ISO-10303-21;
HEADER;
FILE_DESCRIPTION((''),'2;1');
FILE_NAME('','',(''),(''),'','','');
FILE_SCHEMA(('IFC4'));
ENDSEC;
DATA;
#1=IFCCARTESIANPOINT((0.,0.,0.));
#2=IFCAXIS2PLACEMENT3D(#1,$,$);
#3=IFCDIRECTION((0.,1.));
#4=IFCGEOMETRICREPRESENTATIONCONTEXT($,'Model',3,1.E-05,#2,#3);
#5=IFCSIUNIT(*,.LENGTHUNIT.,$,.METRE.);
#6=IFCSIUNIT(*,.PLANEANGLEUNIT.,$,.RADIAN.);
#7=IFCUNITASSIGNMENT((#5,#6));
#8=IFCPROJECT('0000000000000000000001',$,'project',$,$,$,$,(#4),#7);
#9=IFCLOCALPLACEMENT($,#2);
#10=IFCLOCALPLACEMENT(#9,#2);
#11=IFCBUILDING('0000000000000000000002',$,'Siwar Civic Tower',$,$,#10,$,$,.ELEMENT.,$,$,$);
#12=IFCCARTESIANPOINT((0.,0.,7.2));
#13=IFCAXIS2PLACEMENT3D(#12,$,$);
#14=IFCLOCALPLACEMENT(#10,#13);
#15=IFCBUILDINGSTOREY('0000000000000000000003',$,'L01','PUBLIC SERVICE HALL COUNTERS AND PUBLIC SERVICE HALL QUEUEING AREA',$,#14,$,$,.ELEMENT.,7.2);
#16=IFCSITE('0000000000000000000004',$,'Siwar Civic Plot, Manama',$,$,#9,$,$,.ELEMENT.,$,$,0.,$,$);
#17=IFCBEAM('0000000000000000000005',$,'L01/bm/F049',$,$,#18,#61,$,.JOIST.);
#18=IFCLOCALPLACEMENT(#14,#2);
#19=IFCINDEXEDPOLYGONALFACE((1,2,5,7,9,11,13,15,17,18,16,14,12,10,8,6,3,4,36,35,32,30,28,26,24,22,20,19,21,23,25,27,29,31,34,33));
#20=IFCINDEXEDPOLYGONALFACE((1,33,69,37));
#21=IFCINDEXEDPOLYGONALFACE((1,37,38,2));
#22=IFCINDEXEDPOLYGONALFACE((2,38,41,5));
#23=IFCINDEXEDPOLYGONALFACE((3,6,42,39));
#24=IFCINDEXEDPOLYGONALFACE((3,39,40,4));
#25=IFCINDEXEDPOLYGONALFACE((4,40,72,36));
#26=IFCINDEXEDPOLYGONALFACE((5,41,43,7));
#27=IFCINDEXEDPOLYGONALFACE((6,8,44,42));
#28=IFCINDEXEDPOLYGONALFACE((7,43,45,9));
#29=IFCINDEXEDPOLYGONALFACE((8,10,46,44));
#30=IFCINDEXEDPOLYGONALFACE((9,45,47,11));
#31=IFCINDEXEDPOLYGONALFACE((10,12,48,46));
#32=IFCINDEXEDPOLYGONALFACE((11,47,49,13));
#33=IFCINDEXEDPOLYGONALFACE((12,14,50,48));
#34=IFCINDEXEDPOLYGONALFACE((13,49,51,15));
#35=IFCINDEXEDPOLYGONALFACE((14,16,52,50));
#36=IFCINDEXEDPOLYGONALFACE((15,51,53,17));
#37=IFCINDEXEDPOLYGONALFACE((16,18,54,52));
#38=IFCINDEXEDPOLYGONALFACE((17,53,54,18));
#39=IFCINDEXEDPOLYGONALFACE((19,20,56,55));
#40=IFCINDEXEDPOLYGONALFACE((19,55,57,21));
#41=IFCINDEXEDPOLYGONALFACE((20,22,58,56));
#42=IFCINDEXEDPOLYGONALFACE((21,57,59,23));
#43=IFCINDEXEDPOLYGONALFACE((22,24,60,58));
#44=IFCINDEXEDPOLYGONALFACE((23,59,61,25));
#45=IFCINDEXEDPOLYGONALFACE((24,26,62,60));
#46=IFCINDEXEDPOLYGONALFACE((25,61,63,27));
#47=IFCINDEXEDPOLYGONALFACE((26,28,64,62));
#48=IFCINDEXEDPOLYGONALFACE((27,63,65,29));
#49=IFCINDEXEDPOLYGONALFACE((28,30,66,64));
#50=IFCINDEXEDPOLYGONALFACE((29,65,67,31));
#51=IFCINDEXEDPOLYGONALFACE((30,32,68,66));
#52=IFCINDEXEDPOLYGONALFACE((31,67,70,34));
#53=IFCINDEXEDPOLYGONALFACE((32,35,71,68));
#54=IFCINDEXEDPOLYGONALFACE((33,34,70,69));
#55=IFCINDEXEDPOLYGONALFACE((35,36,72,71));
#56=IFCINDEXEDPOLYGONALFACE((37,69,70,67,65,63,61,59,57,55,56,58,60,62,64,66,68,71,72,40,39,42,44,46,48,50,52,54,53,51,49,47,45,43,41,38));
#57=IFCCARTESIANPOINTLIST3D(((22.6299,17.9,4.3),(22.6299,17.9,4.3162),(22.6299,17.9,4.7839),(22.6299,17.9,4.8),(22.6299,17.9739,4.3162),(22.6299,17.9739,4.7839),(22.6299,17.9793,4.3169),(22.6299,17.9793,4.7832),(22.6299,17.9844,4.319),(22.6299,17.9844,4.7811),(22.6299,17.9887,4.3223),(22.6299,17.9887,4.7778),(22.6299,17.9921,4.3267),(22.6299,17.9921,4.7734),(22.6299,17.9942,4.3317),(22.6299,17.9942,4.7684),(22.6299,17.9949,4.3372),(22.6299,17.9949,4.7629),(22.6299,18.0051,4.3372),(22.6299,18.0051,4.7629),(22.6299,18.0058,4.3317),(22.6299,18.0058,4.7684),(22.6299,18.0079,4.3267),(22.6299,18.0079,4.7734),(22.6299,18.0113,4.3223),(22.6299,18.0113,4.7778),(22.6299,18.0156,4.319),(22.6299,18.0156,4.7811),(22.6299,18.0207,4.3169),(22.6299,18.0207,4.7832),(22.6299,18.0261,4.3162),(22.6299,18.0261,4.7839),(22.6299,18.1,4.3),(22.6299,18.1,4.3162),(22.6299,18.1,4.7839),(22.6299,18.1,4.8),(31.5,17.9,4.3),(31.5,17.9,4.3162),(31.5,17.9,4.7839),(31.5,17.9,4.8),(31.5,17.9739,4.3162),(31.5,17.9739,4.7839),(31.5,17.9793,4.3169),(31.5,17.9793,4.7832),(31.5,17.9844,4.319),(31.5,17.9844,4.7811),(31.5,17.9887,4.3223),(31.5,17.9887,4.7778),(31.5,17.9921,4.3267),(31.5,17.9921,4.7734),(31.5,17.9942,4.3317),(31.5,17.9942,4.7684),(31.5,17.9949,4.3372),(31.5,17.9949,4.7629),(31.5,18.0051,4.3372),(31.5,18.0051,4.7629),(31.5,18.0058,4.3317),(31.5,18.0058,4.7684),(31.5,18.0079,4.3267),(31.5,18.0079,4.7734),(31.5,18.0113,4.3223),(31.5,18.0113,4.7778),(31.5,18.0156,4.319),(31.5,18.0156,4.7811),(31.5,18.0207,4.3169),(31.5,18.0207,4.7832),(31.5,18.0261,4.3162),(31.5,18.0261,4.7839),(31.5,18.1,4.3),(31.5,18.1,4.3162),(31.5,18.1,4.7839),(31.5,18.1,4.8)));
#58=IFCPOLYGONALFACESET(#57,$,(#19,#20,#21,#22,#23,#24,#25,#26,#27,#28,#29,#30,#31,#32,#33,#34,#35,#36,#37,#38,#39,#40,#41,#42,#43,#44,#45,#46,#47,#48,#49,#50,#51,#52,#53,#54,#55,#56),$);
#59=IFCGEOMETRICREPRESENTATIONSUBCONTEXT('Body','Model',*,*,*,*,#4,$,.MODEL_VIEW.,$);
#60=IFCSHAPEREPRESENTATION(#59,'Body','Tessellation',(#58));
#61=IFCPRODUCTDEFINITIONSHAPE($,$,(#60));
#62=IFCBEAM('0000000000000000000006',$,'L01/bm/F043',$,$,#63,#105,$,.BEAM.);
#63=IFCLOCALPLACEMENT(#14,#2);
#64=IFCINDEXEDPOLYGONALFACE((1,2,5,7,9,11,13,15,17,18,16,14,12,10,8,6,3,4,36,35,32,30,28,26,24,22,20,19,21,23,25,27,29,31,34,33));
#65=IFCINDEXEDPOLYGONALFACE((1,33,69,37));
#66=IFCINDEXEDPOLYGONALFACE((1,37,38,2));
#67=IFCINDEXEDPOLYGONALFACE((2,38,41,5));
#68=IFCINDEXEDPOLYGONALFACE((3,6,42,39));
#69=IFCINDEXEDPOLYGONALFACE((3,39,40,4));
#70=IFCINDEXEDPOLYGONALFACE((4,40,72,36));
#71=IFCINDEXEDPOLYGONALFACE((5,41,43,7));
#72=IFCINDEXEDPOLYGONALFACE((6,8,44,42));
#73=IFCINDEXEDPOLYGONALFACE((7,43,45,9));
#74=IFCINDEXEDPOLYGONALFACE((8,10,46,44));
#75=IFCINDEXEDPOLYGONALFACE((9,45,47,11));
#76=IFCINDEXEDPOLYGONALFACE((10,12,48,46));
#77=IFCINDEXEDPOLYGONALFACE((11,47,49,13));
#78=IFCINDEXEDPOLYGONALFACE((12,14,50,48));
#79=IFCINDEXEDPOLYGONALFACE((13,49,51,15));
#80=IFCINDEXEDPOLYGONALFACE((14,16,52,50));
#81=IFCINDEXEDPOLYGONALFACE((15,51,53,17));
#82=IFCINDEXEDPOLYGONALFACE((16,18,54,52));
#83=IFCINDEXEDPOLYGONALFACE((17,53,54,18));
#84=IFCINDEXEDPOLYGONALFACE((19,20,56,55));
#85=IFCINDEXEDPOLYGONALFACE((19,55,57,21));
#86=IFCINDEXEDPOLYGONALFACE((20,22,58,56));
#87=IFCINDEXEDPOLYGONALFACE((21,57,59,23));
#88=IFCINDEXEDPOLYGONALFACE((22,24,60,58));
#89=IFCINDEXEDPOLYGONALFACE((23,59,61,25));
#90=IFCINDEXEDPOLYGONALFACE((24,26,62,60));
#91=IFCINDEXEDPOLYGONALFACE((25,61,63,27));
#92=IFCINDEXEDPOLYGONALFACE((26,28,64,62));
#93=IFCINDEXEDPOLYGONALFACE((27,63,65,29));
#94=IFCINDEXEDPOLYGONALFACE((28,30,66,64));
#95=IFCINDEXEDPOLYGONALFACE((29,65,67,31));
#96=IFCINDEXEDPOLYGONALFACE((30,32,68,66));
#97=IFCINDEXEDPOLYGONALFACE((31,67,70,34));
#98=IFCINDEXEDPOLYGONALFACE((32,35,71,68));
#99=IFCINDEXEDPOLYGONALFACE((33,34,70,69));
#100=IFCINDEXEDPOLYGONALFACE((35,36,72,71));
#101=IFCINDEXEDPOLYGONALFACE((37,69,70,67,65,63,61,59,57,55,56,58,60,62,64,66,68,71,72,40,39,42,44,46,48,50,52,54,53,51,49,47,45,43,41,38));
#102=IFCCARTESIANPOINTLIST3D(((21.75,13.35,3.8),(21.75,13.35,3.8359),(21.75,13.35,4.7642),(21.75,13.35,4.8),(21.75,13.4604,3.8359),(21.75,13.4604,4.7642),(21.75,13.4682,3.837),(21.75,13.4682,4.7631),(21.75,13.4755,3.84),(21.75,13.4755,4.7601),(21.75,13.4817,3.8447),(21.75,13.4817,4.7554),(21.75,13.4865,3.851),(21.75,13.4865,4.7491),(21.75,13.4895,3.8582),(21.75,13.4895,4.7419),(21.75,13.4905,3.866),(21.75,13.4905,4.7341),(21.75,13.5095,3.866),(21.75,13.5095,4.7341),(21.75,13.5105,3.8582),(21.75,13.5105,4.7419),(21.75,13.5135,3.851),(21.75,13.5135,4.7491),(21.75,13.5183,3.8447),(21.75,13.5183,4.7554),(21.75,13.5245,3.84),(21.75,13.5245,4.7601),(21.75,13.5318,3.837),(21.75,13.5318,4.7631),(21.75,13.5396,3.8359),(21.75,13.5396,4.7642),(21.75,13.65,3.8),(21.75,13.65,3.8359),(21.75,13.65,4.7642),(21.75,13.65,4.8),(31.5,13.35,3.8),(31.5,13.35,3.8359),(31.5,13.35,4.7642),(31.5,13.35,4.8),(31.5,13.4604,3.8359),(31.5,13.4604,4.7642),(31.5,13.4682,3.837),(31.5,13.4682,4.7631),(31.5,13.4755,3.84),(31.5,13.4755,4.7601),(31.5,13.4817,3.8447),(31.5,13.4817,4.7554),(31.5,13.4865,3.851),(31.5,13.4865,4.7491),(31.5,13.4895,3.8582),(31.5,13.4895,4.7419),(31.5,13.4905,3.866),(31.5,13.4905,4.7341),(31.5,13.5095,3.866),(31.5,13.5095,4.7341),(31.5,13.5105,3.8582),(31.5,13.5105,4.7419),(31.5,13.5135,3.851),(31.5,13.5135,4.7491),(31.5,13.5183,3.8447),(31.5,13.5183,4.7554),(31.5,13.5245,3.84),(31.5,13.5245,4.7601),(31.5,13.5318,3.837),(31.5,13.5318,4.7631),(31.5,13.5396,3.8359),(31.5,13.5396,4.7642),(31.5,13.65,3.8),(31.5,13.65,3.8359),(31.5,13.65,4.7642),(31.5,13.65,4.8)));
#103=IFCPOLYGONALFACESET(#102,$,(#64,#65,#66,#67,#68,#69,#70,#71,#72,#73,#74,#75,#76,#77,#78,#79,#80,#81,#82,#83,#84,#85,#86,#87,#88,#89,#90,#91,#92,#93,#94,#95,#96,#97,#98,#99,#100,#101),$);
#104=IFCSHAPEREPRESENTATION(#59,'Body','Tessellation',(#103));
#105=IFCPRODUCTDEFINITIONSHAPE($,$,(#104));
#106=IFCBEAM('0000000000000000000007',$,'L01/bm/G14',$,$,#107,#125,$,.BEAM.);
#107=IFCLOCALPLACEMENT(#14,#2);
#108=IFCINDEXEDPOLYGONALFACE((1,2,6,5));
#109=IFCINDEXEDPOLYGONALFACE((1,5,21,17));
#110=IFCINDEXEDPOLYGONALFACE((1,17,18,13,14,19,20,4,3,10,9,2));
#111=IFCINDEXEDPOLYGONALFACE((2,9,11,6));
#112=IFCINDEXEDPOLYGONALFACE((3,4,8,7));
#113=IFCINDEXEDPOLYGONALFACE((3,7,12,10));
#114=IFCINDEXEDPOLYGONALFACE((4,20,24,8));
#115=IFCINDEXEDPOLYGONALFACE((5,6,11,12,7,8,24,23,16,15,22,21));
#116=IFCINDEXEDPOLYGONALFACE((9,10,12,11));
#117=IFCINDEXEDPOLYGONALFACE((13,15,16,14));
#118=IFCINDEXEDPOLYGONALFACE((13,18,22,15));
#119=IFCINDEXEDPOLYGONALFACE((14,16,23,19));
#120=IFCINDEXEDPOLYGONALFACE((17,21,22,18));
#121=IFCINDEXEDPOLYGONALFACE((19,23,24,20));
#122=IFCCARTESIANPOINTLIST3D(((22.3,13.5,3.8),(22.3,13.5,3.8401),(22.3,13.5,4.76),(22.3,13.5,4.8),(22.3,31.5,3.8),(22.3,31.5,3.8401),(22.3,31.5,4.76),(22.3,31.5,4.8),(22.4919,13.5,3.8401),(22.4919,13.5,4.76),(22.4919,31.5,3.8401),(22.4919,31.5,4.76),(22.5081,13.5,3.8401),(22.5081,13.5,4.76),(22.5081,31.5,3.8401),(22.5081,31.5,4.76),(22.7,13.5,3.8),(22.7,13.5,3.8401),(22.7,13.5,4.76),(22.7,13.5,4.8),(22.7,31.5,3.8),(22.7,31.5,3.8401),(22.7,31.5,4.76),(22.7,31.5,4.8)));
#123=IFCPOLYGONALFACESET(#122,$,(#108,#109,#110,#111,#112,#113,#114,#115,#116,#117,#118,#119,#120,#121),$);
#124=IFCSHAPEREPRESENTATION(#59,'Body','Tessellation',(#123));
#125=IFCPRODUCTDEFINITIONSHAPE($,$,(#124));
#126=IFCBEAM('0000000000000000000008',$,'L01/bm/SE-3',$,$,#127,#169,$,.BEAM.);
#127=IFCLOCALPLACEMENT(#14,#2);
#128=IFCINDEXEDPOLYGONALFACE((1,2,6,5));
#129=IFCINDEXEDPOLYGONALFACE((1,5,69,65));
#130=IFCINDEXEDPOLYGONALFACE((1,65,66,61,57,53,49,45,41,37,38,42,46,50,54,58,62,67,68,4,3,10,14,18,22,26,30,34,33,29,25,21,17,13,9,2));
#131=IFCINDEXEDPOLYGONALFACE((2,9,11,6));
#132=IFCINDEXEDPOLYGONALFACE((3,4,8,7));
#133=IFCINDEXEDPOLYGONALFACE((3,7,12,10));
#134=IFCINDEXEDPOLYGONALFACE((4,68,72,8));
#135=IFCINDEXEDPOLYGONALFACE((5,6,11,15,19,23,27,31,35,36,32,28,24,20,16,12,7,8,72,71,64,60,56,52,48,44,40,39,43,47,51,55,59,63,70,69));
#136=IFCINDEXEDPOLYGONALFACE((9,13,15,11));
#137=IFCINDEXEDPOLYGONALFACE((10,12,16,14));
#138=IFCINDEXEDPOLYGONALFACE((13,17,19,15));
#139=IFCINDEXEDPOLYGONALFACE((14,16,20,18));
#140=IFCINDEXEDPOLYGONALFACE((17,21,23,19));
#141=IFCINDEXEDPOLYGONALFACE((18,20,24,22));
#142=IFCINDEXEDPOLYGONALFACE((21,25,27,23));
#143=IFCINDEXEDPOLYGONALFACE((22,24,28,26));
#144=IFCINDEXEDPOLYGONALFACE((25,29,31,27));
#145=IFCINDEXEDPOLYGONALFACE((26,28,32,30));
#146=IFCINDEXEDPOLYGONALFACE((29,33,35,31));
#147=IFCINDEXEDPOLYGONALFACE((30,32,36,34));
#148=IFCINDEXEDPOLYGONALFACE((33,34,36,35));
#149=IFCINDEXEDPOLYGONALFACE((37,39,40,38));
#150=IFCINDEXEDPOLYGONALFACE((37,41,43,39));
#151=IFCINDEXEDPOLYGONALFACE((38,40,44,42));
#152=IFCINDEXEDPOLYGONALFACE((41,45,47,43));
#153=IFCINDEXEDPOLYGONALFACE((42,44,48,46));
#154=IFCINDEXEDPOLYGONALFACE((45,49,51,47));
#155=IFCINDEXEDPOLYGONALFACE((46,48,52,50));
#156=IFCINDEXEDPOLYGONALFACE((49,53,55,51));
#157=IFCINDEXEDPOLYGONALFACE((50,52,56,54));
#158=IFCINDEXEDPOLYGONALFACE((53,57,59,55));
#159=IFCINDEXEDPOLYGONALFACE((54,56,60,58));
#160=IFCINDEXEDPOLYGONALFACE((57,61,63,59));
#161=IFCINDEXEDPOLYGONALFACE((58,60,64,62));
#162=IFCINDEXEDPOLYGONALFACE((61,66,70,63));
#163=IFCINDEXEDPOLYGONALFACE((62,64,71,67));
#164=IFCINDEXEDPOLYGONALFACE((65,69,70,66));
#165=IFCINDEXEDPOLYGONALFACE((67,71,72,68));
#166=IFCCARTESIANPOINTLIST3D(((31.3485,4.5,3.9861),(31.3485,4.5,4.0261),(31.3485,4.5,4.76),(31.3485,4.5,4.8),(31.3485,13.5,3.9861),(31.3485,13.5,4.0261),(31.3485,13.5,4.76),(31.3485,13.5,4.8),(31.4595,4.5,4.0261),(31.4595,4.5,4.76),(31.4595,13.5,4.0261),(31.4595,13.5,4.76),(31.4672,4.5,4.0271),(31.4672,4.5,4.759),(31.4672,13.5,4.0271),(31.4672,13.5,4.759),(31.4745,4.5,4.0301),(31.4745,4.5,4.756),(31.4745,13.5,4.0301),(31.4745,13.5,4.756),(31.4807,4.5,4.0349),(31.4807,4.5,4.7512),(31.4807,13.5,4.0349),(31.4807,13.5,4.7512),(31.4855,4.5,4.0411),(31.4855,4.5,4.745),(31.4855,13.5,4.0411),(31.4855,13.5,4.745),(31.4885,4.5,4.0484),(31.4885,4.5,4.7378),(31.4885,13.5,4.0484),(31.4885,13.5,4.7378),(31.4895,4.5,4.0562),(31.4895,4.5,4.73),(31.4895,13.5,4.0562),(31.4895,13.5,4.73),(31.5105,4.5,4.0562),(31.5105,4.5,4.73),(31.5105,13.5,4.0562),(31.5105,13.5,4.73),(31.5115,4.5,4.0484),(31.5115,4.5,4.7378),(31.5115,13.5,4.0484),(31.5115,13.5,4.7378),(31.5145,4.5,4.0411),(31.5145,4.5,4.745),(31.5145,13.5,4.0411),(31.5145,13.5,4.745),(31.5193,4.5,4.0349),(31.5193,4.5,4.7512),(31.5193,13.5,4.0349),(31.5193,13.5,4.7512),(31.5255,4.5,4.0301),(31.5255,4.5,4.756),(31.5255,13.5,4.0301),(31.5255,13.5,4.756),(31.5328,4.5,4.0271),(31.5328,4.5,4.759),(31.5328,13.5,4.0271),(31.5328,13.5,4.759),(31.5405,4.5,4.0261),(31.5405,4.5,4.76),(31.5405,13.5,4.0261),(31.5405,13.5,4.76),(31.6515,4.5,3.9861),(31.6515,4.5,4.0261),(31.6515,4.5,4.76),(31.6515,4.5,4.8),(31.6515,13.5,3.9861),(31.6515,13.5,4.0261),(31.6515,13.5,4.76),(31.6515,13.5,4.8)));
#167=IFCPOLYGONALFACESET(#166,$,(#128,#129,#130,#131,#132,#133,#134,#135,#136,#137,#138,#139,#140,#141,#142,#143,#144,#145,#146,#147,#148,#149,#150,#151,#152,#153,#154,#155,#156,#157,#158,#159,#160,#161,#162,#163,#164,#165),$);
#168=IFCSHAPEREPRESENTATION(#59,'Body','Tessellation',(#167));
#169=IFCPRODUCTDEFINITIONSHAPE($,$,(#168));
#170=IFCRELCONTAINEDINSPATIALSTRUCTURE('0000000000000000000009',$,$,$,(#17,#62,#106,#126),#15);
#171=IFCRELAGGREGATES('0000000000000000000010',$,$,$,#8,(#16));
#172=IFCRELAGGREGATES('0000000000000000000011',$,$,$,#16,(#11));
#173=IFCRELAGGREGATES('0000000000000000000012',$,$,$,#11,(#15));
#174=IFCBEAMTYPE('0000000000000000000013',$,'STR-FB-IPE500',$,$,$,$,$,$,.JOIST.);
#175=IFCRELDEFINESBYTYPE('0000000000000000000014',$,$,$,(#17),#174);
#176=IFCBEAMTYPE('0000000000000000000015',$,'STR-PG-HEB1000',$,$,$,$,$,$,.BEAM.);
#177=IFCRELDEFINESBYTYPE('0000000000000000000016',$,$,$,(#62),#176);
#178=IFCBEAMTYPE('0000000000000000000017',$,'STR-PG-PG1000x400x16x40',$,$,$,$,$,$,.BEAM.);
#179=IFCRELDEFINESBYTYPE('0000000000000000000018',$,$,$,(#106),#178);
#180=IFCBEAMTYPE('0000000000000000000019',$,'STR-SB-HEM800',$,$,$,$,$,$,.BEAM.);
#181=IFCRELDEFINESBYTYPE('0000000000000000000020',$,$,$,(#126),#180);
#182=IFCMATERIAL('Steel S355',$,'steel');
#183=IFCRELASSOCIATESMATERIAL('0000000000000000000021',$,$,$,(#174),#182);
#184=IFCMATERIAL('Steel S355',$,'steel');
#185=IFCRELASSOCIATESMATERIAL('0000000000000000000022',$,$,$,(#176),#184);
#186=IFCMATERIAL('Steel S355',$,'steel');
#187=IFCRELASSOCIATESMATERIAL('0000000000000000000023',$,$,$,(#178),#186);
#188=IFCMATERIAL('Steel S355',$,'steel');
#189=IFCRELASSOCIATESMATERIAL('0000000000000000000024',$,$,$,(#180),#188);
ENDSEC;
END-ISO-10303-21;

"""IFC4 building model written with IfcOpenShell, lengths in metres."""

from ifc_helpers import new_model, si_unit, direction, frame, origin, origin_2d, place, context, subcontext, project, spatial, i_section, extrude, material, material_profile, profile_set, type_object, element, save


model = new_model("IFC4")

# Units and contexts
model_context = context("Model", 3, precision=1e-05, world=origin(), true_north=direction((0.0, 1.0)))
body_context = subcontext(model_context, "Body", "Model", "MODEL_VIEW")
ifc_project = project(units=[si_unit("LENGTHUNIT", "METRE"), si_unit("PLANEANGLEUNIT", "RADIAN")], contexts=[model_context])

# Site, building, storey
site_placement = place(None, origin())
site = spatial("IfcSite", under=ifc_project, at=site_placement, Name="Siwar Civic Plot, Manama", CompositionType="ELEMENT", RefElevation=0.0)
building_placement = place(site_placement, origin())
building = spatial("IfcBuilding", under=site, at=building_placement, Name="Siwar Civic Tower", CompositionType="ELEMENT")
storey_placement = place(building_placement, frame((0.0, 0.0, 7.2)))
storey = spatial("IfcBuildingStorey", under=building, at=storey_placement, Name="L01", Description="PUBLIC SERVICE HALL COUNTERS AND PUBLIC SERVICE HALL QUEUEING AREA", CompositionType="ELEMENT", Elevation=7.2)

# Beams
ifc_material_1 = material(Name="Steel S355", Category="steel")
ifc_material_profile_1 = material_profile(ifc_material_1, i_section(OverallWidth=0.2, OverallDepth=0.5, WebThickness=0.0103, FlangeThickness=0.0161, FilletRadius=0.021, at=origin_2d()), Name="IPE500")
ifc_profile_set_1 = profile_set([ifc_material_profile_1], Name="Steel S355")
beam_type_1 = type_object("IfcBeamType", Name="STR-FB-IPE500", PredefinedType="JOIST", material=ifc_profile_set_1)
beam_1_placement = place(storey_placement, frame((22.6299, 18.0, 4.55), z_axis=(1.0, 0.0, 0.0), x_axis=(0.0, 1.0, 0.0)))
element("IfcBeam", 1, at=beam_1_placement, inside=storey, type_object=beam_type_1, Name="L01/bm/F049", PredefinedType="JOIST", context=body_context, shape_type="SweptSolid", body=[
    extrude(i_section(OverallWidth=0.2, OverallDepth=0.5, WebThickness=0.0103, FlangeThickness=0.0161, FilletRadius=0.021, at=origin_2d()), origin(), (0.0, 0.0, 1.0), 8.8701),
])
ifc_material_2 = material(Name="Steel S355", Category="steel")
ifc_material_profile_2 = material_profile(ifc_material_2, i_section(OverallWidth=0.3, OverallDepth=1.0, WebThickness=0.019, FlangeThickness=0.0359, FilletRadius=0.03, at=origin_2d()), Name="HEB1000")
ifc_profile_set_2 = profile_set([ifc_material_profile_2], Name="Steel S355")
beam_type_2 = type_object("IfcBeamType", Name="STR-PG-HEB1000", PredefinedType="BEAM", material=ifc_profile_set_2)
beam_2_placement = place(storey_placement, frame((21.75, 13.5, 4.3), z_axis=(1.0, 0.0, 0.0), x_axis=(0.0, 1.0, 0.0)))
element("IfcBeam", 2, at=beam_2_placement, inside=storey, type_object=beam_type_2, Name="L01/bm/F043", PredefinedType="BEAM", context=body_context, shape_type="SweptSolid", body=[
    extrude(i_section(OverallWidth=0.3, OverallDepth=1.0, WebThickness=0.019, FlangeThickness=0.0359, FilletRadius=0.03, at=origin_2d()), origin(), (0.0, 0.0, 1.0), 9.75),
])
ifc_material_3 = material(Name="Steel S355", Category="steel")
ifc_material_profile_3 = material_profile(ifc_material_3, i_section(OverallWidth=0.3999, OverallDepth=1.0, WebThickness=0.0161, FlangeThickness=0.04, at=origin_2d()), Name="PG1000x400x16x40")
ifc_profile_set_3 = profile_set([ifc_material_profile_3], Name="Steel S355")
beam_type_3 = type_object("IfcBeamType", Name="STR-PG-PG1000x400x16x40", PredefinedType="BEAM", material=ifc_profile_set_3)
beam_3_placement = place(storey_placement, frame((22.5, 13.5, 4.3), z_axis=(0.0, 1.0, 0.0), x_axis=(-1.0, 0.0, 0.0)))
element("IfcBeam", 3, at=beam_3_placement, inside=storey, type_object=beam_type_3, Name="L01/bm/G14", PredefinedType="BEAM", context=body_context, shape_type="SweptSolid", body=[
    extrude(i_section(OverallWidth=0.3999, OverallDepth=1.0, WebThickness=0.0161, FlangeThickness=0.04, at=origin_2d()), origin(), (0.0, 0.0, 1.0), 18.0),
])
ifc_material_4 = material(Name="Steel S355", Category="steel")
ifc_material_profile_4 = material_profile(ifc_material_4, i_section(OverallWidth=0.303, OverallDepth=0.814, WebThickness=0.021, FlangeThickness=0.04, FilletRadius=0.03, at=origin_2d()), Name="HEM800")
ifc_profile_set_4 = profile_set([ifc_material_profile_4], Name="Steel S355")
beam_type_4 = type_object("IfcBeamType", Name="STR-SB-HEM800", PredefinedType="BEAM", material=ifc_profile_set_4)
for number, where, z_axis, x_axis, name in (
    (4, (31.5, 4.5, 4.3931), (0.0, 1.0, 0.0), (-1.0, 0.0, 0.0), "L01/bm/SE-3"),
):
    element("IfcBeam", number, at=place(storey_placement, frame(where, z_axis=z_axis, x_axis=x_axis)), inside=storey, type_object=beam_type_4, Name=name, PredefinedType="BEAM", context=body_context, shape_type="SweptSolid", body=[
        extrude(i_section(OverallWidth=0.303, OverallDepth=0.814, WebThickness=0.021, FlangeThickness=0.04, FilletRadius=0.03, at=origin_2d()), origin(), (0.0, 0.0, 1.0), 9.0),
    ])

save(model, "model.ifc")
